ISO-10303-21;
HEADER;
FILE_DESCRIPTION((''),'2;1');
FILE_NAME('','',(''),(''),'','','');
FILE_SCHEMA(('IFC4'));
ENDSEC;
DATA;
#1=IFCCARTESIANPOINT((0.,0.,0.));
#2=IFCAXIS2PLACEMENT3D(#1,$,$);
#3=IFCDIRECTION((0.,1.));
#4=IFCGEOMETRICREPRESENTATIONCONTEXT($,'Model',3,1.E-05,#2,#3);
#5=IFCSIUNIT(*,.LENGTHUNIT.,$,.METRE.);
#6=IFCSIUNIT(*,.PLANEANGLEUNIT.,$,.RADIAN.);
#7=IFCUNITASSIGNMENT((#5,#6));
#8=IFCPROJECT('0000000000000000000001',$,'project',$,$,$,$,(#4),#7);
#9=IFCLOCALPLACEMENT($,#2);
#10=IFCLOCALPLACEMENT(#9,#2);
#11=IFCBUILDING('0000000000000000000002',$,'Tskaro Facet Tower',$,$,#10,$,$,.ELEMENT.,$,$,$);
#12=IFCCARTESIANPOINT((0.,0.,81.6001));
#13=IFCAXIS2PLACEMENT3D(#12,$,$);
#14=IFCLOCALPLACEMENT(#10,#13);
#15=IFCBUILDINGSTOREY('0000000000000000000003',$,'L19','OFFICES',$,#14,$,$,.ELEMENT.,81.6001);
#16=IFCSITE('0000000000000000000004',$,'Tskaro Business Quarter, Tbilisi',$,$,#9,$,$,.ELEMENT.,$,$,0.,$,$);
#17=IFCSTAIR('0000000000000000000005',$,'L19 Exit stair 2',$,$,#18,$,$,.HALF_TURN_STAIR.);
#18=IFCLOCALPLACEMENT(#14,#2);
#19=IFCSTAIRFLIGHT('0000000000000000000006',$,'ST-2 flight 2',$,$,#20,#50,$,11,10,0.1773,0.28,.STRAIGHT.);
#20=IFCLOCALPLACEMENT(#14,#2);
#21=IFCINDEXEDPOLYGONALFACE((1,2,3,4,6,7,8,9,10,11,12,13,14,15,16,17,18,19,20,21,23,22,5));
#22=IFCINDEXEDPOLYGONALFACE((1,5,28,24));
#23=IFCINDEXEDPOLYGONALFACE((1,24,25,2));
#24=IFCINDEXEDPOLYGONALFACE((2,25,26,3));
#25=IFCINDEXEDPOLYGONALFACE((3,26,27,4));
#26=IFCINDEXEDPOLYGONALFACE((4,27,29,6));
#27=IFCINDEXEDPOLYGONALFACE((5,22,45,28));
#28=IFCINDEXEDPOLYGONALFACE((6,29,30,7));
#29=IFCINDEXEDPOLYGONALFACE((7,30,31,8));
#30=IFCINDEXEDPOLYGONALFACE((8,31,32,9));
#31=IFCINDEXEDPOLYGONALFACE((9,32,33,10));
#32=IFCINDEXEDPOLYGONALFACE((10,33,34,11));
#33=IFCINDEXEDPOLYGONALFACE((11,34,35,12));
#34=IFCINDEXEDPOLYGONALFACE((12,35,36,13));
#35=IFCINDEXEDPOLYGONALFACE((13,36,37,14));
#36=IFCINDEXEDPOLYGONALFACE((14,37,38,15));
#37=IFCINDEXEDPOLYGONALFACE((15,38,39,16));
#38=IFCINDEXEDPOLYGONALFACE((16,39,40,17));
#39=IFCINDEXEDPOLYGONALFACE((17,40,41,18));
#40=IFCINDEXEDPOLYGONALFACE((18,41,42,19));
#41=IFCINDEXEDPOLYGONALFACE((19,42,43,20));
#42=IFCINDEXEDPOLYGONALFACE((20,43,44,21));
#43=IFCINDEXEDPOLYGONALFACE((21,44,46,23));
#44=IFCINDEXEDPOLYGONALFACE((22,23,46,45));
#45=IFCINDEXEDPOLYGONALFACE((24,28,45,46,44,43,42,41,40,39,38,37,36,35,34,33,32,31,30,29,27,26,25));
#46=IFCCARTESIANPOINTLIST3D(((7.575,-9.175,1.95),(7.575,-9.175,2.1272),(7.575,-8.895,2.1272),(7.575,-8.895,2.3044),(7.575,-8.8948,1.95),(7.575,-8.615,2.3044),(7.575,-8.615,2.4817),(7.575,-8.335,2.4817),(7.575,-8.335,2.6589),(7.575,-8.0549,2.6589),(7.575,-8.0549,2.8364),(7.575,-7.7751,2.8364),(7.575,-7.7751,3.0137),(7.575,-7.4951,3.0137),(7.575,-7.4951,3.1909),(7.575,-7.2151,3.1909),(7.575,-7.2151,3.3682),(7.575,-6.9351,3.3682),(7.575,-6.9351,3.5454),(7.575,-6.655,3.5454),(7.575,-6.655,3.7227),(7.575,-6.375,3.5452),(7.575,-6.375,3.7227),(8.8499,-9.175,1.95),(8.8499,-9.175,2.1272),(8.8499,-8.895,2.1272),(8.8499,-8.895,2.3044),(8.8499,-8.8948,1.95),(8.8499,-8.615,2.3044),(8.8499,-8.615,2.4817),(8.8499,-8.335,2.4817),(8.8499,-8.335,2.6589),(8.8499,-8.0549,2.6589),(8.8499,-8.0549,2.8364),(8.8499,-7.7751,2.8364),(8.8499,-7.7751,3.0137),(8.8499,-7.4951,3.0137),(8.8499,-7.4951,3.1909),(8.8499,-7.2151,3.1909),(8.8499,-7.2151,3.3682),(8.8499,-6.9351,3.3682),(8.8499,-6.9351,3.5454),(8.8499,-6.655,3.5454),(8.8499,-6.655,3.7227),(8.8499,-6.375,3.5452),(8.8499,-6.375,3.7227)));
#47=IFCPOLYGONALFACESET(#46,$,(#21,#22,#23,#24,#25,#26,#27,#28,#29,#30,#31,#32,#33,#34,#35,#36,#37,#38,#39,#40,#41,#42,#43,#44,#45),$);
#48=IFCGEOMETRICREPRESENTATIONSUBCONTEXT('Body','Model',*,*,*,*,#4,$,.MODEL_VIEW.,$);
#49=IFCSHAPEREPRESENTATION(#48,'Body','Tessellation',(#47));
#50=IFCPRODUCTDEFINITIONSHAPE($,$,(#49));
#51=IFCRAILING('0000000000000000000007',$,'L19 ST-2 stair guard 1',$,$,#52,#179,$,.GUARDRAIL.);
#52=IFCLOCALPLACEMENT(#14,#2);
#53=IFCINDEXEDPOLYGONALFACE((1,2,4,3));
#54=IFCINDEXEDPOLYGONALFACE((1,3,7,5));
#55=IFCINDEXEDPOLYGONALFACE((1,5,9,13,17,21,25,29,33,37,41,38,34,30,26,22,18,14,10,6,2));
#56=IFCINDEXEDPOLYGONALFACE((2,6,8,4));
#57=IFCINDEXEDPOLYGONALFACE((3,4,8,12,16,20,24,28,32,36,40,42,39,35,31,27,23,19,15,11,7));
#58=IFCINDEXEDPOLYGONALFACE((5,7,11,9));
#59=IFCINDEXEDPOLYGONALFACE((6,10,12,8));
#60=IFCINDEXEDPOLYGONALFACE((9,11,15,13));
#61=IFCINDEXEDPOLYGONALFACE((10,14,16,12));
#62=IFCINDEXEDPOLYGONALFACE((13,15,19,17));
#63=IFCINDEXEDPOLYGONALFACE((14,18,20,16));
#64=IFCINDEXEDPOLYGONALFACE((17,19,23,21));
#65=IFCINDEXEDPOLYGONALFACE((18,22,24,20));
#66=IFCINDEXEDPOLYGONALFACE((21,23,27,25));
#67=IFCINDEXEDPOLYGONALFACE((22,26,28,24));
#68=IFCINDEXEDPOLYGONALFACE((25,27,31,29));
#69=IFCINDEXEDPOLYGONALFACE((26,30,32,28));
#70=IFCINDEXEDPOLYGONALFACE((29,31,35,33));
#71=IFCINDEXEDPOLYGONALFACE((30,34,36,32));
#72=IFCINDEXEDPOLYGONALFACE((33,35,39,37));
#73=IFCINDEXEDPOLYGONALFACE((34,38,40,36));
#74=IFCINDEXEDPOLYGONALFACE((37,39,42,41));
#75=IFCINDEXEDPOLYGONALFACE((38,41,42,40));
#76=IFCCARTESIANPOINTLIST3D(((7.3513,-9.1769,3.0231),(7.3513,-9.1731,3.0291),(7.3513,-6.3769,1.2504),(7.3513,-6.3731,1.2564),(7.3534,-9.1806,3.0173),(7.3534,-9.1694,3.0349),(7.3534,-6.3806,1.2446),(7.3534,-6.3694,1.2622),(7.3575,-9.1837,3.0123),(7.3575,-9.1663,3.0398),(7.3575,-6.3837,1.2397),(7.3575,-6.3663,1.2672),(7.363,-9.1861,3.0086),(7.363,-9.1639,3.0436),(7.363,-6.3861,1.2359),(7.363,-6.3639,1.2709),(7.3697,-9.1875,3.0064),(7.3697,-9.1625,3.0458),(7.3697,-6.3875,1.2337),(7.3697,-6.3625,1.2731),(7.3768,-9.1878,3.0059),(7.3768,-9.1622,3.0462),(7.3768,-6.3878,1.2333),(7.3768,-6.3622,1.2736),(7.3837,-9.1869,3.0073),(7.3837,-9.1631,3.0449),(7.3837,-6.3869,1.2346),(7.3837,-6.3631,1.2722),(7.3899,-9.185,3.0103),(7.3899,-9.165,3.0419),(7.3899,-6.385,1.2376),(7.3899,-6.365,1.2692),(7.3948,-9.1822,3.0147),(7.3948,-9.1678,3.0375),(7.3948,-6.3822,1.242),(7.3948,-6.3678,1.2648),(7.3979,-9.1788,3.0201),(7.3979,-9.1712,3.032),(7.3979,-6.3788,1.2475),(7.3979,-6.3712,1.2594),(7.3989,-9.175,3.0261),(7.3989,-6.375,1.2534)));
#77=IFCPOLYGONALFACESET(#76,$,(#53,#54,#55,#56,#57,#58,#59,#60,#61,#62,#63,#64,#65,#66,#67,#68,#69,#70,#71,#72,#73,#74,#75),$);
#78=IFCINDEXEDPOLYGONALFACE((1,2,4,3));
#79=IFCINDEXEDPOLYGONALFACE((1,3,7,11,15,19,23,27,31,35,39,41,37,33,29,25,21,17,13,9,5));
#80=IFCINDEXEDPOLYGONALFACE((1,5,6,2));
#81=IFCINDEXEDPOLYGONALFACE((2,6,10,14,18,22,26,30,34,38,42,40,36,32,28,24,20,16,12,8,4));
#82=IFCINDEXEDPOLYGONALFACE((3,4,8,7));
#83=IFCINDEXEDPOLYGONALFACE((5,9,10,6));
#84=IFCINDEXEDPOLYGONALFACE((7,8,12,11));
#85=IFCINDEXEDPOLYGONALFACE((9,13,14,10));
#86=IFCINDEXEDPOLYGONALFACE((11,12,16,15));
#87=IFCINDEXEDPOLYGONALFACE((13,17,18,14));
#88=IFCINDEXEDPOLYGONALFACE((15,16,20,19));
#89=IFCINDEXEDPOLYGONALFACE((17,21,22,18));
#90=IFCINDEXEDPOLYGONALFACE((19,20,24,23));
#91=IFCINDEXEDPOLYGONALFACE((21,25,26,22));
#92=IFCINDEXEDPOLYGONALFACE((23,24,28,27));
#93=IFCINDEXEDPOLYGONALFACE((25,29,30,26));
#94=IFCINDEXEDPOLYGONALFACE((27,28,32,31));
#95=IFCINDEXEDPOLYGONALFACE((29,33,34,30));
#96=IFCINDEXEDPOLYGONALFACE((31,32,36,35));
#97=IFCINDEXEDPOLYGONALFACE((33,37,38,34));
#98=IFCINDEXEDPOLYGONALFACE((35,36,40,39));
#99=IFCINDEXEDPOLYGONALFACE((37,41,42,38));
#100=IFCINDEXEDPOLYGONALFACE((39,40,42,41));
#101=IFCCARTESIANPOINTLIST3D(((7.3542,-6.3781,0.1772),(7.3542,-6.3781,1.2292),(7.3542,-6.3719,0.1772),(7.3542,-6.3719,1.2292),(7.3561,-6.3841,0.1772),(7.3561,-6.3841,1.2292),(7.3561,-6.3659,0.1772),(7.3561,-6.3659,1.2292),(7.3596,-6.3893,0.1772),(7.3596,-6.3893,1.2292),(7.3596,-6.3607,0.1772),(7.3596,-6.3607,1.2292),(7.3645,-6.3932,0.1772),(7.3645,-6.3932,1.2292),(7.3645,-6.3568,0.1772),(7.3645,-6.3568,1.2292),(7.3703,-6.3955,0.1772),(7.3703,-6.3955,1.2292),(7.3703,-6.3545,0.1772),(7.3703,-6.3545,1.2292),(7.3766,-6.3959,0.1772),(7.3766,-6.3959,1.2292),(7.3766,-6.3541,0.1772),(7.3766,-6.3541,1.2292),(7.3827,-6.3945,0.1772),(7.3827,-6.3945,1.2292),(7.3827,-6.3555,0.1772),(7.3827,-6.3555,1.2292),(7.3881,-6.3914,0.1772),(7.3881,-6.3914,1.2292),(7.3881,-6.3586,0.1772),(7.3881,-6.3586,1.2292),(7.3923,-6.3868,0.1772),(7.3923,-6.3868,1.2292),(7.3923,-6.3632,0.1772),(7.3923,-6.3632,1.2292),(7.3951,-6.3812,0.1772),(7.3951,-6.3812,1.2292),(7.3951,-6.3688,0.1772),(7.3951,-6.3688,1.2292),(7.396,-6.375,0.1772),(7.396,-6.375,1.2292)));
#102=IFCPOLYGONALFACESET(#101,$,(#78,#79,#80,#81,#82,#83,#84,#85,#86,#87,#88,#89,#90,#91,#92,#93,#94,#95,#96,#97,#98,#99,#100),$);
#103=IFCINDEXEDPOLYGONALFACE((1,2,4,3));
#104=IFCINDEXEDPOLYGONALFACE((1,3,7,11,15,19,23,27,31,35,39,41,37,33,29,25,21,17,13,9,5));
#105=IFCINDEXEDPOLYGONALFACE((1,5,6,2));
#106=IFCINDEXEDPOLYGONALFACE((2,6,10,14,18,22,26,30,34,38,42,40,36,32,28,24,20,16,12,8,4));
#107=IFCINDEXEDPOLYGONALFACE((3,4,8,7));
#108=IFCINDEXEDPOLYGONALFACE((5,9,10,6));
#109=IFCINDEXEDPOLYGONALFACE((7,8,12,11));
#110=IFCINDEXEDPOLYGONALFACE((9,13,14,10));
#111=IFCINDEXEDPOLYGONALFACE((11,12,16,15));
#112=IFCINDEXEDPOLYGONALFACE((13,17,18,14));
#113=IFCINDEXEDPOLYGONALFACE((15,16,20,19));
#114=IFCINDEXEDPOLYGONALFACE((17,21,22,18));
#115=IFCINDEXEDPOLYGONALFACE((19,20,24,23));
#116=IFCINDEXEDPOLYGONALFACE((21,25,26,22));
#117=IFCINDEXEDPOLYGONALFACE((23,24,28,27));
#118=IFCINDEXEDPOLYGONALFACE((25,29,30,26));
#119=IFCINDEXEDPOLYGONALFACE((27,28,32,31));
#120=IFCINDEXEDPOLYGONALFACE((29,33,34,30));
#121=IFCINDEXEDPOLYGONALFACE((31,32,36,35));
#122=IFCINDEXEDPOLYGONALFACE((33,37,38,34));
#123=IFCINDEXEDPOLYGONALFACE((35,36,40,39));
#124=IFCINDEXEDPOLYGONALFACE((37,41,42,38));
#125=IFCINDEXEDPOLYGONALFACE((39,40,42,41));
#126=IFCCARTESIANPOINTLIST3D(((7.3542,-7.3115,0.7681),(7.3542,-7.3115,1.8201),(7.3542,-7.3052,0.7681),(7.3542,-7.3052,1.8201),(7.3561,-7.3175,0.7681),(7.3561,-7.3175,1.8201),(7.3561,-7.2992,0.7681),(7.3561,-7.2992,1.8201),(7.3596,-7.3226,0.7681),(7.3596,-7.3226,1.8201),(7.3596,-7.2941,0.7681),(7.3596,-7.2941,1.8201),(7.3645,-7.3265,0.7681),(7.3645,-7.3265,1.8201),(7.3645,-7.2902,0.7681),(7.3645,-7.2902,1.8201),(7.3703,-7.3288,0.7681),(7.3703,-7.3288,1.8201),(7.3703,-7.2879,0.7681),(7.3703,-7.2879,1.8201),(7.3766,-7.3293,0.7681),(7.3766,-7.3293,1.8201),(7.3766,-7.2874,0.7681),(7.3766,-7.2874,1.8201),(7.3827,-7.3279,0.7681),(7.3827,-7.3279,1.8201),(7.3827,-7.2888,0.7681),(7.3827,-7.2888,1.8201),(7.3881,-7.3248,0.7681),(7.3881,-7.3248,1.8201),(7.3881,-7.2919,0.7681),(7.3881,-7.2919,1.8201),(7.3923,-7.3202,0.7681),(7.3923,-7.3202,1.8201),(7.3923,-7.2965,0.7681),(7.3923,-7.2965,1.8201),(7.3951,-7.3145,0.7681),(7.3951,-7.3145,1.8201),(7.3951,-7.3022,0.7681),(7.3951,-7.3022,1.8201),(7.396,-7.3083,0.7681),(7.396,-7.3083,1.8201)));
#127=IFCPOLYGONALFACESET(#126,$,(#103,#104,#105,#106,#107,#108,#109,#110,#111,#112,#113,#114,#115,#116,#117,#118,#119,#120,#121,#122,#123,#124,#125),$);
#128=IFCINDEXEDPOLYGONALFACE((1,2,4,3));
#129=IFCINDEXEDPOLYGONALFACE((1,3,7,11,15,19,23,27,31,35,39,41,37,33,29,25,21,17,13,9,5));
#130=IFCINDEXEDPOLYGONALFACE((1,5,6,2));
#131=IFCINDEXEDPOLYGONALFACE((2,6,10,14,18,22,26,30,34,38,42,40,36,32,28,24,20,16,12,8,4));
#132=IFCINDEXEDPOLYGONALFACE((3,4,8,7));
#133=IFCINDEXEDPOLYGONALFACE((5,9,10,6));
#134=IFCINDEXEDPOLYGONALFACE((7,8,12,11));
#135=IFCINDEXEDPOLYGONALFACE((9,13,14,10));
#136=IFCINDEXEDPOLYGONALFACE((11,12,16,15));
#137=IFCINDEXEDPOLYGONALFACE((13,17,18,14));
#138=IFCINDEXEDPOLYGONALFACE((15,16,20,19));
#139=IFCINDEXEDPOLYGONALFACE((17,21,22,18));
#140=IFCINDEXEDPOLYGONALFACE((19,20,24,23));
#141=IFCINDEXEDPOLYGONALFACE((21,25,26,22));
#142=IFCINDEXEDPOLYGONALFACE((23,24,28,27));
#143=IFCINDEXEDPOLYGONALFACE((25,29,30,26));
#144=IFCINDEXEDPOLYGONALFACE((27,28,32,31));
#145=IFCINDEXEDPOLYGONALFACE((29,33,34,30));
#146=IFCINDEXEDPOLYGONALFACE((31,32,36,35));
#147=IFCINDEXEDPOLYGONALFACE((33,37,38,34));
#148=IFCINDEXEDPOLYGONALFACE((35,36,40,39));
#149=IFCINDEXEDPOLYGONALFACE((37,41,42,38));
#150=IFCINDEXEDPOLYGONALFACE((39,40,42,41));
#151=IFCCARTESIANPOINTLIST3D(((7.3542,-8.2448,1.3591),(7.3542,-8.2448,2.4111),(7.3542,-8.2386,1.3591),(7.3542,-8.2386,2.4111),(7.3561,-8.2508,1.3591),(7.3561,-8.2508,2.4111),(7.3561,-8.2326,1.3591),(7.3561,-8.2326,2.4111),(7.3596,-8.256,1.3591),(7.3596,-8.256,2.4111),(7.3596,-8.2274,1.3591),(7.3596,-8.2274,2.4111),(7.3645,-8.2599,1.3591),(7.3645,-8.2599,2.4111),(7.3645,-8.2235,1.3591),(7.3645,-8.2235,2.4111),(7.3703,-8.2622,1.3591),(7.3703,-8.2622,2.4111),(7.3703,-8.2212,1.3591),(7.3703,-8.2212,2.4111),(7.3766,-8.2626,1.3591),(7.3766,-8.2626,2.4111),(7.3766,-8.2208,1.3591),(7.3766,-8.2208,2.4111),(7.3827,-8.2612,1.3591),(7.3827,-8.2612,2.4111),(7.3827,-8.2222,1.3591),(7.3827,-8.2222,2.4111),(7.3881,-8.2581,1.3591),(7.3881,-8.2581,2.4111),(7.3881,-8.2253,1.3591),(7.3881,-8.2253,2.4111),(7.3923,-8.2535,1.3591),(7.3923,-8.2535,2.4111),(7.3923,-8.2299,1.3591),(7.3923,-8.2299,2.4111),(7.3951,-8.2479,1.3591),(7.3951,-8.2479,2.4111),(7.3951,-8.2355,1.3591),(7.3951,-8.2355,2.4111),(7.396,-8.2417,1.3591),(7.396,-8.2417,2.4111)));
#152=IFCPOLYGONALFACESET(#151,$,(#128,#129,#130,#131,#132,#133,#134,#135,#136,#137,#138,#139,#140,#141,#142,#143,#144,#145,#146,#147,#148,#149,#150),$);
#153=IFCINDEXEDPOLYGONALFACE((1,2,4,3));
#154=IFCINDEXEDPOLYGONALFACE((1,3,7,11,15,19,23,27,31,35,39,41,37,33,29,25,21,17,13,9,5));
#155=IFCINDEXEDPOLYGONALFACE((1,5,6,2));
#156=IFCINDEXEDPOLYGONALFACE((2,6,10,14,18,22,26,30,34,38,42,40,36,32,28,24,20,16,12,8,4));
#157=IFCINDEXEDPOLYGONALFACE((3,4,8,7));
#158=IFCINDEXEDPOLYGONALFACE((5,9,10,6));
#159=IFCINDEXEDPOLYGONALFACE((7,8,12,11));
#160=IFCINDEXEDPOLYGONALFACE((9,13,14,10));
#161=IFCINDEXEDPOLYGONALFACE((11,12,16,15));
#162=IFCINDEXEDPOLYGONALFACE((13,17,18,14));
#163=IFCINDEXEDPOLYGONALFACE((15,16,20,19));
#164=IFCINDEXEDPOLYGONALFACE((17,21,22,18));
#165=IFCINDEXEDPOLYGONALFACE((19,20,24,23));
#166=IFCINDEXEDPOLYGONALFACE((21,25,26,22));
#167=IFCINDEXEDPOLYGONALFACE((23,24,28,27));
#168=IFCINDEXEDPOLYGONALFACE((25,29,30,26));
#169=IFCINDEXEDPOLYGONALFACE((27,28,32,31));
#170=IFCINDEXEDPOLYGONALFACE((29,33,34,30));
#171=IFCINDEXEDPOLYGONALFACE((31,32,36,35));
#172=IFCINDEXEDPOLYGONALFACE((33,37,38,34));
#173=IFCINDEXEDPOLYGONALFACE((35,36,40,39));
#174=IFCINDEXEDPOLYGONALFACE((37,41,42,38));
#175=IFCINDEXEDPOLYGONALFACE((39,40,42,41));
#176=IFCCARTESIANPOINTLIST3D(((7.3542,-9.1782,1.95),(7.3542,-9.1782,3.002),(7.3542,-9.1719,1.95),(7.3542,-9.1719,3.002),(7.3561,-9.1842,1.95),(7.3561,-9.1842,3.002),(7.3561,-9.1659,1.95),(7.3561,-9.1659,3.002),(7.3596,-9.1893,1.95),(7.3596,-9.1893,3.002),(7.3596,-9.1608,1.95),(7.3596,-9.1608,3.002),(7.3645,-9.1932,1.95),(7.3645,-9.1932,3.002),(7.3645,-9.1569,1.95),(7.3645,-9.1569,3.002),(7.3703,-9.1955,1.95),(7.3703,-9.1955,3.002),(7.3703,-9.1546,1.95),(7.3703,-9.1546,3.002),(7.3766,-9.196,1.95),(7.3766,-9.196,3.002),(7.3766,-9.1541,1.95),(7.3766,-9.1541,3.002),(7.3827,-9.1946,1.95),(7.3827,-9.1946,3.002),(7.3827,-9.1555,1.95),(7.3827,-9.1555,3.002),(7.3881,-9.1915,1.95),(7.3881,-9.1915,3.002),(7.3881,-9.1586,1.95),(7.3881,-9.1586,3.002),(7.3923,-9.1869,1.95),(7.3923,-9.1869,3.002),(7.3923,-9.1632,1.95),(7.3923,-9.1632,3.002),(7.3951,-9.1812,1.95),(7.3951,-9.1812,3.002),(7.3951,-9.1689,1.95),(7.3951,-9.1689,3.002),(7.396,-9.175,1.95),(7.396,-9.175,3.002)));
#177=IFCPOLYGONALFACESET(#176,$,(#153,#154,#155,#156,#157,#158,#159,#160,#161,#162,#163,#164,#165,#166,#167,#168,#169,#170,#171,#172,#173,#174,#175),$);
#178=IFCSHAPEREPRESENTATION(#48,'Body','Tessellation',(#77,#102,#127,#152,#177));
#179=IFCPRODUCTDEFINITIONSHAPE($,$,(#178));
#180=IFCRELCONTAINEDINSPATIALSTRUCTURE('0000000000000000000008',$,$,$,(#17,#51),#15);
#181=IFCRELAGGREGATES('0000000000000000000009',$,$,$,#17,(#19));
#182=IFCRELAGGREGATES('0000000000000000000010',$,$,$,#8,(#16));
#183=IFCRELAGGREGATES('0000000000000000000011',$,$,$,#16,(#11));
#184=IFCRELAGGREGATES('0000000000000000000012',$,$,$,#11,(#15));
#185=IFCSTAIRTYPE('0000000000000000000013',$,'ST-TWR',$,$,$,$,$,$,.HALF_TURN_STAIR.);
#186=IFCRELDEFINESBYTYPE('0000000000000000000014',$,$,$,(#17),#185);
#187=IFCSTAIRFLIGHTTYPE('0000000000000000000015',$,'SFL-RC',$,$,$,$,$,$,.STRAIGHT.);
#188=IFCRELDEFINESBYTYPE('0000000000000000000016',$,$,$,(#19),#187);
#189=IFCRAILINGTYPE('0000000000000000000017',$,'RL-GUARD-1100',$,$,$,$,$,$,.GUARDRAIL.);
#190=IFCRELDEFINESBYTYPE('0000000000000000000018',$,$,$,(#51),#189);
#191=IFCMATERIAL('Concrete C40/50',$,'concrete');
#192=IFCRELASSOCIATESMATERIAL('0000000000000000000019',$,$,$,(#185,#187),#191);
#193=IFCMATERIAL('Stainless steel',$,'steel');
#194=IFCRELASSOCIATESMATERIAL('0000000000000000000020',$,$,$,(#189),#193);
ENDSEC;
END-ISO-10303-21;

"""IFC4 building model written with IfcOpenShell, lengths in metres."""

from ifc_helpers import new_model, si_unit, direction, frame, origin, origin_2d, place, context, subcontext, project, spatial, polyline, circle, outline, extrude, material, type_object, element, aggregate, save


model = new_model("IFC4")

# Units and contexts
model_context = context("Model", 3, precision=1e-05, world=origin(), true_north=direction((0.0, 1.0)))
body_context = subcontext(model_context, "Body", "Model", "MODEL_VIEW")
ifc_project = project(units=[si_unit("LENGTHUNIT", "METRE"), si_unit("PLANEANGLEUNIT", "RADIAN")], contexts=[model_context])

# Site, building, storey
site_placement = place(None, origin())
site = spatial("IfcSite", under=ifc_project, at=site_placement, Name="Tskaro Business Quarter, Tbilisi", CompositionType="ELEMENT", RefElevation=0.0)
building_placement = place(site_placement, origin())
building = spatial("IfcBuilding", under=site, at=building_placement, Name="Tskaro Facet Tower", CompositionType="ELEMENT")
storey_placement = place(building_placement, frame((0.0, 0.0, 81.6001)))
storey = spatial("IfcBuildingStorey", under=building, at=storey_placement, Name="L19", Description="OFFICES", CompositionType="ELEMENT", Elevation=81.6001)

# Shared definitions
ifc_material_1 = material(Name="Concrete C40/50", Category="concrete")

# Stair, stair flight
stair_type = type_object("IfcStairType", Name="ST-TWR", PredefinedType="HALF_TURN_STAIR", material=ifc_material_1)
stair_placement = place(storey_placement, origin())
stair = element("IfcStair", 1, at=stair_placement, inside=storey, type_object=stair_type, Name="L19 Exit stair 2", PredefinedType="HALF_TURN_STAIR")
stair_flight_type = type_object("IfcStairFlightType", Name="SFL-RC", PredefinedType="STRAIGHT", material=ifc_material_1)
stair_flight_1_placement = place(storey_placement, frame((8.2124, -9.175, 1.95), z_axis=(0.0, 0.0, 1.0), x_axis=(0.0, 1.0, 0.0)))
stair_flight_1 = element("IfcStairFlight", 2, at=stair_flight_1_placement, type_object=stair_flight_type, Name="ST-2 flight 2", NumberOfRisers=11, NumberOfTreads=10, PredefinedType="STRAIGHT", RiserHeight=0.1773, TreadLength=0.28, context=body_context, shape_type="SweptSolid", body=[
    extrude(outline(polyline([(0.0, 0.0), (0.0, 0.1772), (0.28, 0.1772), (0.28, 0.3545), (0.5601, 0.3545), (0.5601, 0.5317), (0.8401, 0.5317), (0.8401, 0.709), (1.1201, 0.709), (1.1201, 0.8865), (1.3999, 0.8865), (1.3999, 1.0637), (1.6799, 1.0637), (1.6799, 1.241), (1.96, 1.241), (1.96, 1.4182), (2.24, 1.4182), (2.24, 1.5955), (2.52, 1.5955), (2.52, 1.7727), (2.8, 1.7727), (2.8, 1.95), (2.8, 1.5952), (0.2803, 0.0), (0.0, 0.0)])), frame((0.0, 0.6375, 0.0), z_axis=(0.0, -1.0, 0.0), x_axis=(1.0, 0.0, 0.0)), (0.0, 0.0, 1.0), 1.2749),
])
aggregate(stair, [stair_flight_1])

# Railing
ifc_material_2 = material(Name="Stainless steel", Category="steel")
railing_type_1 = type_object("IfcRailingType", Name="RL-GUARD-1100", PredefinedType="GUARDRAIL", material=ifc_material_2)
railing_1_placement = place(storey_placement, frame((7.375, -6.375, 0.1772)))
element("IfcRailing", 3, at=railing_1_placement, inside=storey, type_object=railing_type_1, Name="L19 ST-2 stair guard 1", PredefinedType="GUARDRAIL", context=body_context, shape_type="SweptSolid", body=[
    extrude(circle(Radius=0.0239, at=origin_2d()), frame((0.0, 0.0, 1.0762), z_axis=(0.0, -0.844909, 0.53491), x_axis=(1.0, 0.0, 0.0)), (0.0, 0.0, 1.0), 3.314),
    extrude(circle(Radius=0.021, at=origin_2d()), origin(), (0.0, 0.0, 1.0), 1.052),
    extrude(circle(Radius=0.021, at=origin_2d()), frame((0.0, -0.9333, 0.5908)), (0.0, 0.0, 1.0), 1.052),
    extrude(circle(Radius=0.021, at=origin_2d()), frame((0.0, -1.8667, 1.1819)), (0.0, 0.0, 1.0), 1.052),
    extrude(circle(Radius=0.021, at=origin_2d()), frame((0.0, -2.8, 1.7727)), (0.0, 0.0, 1.0), 1.052),
])

save(model, "model.ifc")
